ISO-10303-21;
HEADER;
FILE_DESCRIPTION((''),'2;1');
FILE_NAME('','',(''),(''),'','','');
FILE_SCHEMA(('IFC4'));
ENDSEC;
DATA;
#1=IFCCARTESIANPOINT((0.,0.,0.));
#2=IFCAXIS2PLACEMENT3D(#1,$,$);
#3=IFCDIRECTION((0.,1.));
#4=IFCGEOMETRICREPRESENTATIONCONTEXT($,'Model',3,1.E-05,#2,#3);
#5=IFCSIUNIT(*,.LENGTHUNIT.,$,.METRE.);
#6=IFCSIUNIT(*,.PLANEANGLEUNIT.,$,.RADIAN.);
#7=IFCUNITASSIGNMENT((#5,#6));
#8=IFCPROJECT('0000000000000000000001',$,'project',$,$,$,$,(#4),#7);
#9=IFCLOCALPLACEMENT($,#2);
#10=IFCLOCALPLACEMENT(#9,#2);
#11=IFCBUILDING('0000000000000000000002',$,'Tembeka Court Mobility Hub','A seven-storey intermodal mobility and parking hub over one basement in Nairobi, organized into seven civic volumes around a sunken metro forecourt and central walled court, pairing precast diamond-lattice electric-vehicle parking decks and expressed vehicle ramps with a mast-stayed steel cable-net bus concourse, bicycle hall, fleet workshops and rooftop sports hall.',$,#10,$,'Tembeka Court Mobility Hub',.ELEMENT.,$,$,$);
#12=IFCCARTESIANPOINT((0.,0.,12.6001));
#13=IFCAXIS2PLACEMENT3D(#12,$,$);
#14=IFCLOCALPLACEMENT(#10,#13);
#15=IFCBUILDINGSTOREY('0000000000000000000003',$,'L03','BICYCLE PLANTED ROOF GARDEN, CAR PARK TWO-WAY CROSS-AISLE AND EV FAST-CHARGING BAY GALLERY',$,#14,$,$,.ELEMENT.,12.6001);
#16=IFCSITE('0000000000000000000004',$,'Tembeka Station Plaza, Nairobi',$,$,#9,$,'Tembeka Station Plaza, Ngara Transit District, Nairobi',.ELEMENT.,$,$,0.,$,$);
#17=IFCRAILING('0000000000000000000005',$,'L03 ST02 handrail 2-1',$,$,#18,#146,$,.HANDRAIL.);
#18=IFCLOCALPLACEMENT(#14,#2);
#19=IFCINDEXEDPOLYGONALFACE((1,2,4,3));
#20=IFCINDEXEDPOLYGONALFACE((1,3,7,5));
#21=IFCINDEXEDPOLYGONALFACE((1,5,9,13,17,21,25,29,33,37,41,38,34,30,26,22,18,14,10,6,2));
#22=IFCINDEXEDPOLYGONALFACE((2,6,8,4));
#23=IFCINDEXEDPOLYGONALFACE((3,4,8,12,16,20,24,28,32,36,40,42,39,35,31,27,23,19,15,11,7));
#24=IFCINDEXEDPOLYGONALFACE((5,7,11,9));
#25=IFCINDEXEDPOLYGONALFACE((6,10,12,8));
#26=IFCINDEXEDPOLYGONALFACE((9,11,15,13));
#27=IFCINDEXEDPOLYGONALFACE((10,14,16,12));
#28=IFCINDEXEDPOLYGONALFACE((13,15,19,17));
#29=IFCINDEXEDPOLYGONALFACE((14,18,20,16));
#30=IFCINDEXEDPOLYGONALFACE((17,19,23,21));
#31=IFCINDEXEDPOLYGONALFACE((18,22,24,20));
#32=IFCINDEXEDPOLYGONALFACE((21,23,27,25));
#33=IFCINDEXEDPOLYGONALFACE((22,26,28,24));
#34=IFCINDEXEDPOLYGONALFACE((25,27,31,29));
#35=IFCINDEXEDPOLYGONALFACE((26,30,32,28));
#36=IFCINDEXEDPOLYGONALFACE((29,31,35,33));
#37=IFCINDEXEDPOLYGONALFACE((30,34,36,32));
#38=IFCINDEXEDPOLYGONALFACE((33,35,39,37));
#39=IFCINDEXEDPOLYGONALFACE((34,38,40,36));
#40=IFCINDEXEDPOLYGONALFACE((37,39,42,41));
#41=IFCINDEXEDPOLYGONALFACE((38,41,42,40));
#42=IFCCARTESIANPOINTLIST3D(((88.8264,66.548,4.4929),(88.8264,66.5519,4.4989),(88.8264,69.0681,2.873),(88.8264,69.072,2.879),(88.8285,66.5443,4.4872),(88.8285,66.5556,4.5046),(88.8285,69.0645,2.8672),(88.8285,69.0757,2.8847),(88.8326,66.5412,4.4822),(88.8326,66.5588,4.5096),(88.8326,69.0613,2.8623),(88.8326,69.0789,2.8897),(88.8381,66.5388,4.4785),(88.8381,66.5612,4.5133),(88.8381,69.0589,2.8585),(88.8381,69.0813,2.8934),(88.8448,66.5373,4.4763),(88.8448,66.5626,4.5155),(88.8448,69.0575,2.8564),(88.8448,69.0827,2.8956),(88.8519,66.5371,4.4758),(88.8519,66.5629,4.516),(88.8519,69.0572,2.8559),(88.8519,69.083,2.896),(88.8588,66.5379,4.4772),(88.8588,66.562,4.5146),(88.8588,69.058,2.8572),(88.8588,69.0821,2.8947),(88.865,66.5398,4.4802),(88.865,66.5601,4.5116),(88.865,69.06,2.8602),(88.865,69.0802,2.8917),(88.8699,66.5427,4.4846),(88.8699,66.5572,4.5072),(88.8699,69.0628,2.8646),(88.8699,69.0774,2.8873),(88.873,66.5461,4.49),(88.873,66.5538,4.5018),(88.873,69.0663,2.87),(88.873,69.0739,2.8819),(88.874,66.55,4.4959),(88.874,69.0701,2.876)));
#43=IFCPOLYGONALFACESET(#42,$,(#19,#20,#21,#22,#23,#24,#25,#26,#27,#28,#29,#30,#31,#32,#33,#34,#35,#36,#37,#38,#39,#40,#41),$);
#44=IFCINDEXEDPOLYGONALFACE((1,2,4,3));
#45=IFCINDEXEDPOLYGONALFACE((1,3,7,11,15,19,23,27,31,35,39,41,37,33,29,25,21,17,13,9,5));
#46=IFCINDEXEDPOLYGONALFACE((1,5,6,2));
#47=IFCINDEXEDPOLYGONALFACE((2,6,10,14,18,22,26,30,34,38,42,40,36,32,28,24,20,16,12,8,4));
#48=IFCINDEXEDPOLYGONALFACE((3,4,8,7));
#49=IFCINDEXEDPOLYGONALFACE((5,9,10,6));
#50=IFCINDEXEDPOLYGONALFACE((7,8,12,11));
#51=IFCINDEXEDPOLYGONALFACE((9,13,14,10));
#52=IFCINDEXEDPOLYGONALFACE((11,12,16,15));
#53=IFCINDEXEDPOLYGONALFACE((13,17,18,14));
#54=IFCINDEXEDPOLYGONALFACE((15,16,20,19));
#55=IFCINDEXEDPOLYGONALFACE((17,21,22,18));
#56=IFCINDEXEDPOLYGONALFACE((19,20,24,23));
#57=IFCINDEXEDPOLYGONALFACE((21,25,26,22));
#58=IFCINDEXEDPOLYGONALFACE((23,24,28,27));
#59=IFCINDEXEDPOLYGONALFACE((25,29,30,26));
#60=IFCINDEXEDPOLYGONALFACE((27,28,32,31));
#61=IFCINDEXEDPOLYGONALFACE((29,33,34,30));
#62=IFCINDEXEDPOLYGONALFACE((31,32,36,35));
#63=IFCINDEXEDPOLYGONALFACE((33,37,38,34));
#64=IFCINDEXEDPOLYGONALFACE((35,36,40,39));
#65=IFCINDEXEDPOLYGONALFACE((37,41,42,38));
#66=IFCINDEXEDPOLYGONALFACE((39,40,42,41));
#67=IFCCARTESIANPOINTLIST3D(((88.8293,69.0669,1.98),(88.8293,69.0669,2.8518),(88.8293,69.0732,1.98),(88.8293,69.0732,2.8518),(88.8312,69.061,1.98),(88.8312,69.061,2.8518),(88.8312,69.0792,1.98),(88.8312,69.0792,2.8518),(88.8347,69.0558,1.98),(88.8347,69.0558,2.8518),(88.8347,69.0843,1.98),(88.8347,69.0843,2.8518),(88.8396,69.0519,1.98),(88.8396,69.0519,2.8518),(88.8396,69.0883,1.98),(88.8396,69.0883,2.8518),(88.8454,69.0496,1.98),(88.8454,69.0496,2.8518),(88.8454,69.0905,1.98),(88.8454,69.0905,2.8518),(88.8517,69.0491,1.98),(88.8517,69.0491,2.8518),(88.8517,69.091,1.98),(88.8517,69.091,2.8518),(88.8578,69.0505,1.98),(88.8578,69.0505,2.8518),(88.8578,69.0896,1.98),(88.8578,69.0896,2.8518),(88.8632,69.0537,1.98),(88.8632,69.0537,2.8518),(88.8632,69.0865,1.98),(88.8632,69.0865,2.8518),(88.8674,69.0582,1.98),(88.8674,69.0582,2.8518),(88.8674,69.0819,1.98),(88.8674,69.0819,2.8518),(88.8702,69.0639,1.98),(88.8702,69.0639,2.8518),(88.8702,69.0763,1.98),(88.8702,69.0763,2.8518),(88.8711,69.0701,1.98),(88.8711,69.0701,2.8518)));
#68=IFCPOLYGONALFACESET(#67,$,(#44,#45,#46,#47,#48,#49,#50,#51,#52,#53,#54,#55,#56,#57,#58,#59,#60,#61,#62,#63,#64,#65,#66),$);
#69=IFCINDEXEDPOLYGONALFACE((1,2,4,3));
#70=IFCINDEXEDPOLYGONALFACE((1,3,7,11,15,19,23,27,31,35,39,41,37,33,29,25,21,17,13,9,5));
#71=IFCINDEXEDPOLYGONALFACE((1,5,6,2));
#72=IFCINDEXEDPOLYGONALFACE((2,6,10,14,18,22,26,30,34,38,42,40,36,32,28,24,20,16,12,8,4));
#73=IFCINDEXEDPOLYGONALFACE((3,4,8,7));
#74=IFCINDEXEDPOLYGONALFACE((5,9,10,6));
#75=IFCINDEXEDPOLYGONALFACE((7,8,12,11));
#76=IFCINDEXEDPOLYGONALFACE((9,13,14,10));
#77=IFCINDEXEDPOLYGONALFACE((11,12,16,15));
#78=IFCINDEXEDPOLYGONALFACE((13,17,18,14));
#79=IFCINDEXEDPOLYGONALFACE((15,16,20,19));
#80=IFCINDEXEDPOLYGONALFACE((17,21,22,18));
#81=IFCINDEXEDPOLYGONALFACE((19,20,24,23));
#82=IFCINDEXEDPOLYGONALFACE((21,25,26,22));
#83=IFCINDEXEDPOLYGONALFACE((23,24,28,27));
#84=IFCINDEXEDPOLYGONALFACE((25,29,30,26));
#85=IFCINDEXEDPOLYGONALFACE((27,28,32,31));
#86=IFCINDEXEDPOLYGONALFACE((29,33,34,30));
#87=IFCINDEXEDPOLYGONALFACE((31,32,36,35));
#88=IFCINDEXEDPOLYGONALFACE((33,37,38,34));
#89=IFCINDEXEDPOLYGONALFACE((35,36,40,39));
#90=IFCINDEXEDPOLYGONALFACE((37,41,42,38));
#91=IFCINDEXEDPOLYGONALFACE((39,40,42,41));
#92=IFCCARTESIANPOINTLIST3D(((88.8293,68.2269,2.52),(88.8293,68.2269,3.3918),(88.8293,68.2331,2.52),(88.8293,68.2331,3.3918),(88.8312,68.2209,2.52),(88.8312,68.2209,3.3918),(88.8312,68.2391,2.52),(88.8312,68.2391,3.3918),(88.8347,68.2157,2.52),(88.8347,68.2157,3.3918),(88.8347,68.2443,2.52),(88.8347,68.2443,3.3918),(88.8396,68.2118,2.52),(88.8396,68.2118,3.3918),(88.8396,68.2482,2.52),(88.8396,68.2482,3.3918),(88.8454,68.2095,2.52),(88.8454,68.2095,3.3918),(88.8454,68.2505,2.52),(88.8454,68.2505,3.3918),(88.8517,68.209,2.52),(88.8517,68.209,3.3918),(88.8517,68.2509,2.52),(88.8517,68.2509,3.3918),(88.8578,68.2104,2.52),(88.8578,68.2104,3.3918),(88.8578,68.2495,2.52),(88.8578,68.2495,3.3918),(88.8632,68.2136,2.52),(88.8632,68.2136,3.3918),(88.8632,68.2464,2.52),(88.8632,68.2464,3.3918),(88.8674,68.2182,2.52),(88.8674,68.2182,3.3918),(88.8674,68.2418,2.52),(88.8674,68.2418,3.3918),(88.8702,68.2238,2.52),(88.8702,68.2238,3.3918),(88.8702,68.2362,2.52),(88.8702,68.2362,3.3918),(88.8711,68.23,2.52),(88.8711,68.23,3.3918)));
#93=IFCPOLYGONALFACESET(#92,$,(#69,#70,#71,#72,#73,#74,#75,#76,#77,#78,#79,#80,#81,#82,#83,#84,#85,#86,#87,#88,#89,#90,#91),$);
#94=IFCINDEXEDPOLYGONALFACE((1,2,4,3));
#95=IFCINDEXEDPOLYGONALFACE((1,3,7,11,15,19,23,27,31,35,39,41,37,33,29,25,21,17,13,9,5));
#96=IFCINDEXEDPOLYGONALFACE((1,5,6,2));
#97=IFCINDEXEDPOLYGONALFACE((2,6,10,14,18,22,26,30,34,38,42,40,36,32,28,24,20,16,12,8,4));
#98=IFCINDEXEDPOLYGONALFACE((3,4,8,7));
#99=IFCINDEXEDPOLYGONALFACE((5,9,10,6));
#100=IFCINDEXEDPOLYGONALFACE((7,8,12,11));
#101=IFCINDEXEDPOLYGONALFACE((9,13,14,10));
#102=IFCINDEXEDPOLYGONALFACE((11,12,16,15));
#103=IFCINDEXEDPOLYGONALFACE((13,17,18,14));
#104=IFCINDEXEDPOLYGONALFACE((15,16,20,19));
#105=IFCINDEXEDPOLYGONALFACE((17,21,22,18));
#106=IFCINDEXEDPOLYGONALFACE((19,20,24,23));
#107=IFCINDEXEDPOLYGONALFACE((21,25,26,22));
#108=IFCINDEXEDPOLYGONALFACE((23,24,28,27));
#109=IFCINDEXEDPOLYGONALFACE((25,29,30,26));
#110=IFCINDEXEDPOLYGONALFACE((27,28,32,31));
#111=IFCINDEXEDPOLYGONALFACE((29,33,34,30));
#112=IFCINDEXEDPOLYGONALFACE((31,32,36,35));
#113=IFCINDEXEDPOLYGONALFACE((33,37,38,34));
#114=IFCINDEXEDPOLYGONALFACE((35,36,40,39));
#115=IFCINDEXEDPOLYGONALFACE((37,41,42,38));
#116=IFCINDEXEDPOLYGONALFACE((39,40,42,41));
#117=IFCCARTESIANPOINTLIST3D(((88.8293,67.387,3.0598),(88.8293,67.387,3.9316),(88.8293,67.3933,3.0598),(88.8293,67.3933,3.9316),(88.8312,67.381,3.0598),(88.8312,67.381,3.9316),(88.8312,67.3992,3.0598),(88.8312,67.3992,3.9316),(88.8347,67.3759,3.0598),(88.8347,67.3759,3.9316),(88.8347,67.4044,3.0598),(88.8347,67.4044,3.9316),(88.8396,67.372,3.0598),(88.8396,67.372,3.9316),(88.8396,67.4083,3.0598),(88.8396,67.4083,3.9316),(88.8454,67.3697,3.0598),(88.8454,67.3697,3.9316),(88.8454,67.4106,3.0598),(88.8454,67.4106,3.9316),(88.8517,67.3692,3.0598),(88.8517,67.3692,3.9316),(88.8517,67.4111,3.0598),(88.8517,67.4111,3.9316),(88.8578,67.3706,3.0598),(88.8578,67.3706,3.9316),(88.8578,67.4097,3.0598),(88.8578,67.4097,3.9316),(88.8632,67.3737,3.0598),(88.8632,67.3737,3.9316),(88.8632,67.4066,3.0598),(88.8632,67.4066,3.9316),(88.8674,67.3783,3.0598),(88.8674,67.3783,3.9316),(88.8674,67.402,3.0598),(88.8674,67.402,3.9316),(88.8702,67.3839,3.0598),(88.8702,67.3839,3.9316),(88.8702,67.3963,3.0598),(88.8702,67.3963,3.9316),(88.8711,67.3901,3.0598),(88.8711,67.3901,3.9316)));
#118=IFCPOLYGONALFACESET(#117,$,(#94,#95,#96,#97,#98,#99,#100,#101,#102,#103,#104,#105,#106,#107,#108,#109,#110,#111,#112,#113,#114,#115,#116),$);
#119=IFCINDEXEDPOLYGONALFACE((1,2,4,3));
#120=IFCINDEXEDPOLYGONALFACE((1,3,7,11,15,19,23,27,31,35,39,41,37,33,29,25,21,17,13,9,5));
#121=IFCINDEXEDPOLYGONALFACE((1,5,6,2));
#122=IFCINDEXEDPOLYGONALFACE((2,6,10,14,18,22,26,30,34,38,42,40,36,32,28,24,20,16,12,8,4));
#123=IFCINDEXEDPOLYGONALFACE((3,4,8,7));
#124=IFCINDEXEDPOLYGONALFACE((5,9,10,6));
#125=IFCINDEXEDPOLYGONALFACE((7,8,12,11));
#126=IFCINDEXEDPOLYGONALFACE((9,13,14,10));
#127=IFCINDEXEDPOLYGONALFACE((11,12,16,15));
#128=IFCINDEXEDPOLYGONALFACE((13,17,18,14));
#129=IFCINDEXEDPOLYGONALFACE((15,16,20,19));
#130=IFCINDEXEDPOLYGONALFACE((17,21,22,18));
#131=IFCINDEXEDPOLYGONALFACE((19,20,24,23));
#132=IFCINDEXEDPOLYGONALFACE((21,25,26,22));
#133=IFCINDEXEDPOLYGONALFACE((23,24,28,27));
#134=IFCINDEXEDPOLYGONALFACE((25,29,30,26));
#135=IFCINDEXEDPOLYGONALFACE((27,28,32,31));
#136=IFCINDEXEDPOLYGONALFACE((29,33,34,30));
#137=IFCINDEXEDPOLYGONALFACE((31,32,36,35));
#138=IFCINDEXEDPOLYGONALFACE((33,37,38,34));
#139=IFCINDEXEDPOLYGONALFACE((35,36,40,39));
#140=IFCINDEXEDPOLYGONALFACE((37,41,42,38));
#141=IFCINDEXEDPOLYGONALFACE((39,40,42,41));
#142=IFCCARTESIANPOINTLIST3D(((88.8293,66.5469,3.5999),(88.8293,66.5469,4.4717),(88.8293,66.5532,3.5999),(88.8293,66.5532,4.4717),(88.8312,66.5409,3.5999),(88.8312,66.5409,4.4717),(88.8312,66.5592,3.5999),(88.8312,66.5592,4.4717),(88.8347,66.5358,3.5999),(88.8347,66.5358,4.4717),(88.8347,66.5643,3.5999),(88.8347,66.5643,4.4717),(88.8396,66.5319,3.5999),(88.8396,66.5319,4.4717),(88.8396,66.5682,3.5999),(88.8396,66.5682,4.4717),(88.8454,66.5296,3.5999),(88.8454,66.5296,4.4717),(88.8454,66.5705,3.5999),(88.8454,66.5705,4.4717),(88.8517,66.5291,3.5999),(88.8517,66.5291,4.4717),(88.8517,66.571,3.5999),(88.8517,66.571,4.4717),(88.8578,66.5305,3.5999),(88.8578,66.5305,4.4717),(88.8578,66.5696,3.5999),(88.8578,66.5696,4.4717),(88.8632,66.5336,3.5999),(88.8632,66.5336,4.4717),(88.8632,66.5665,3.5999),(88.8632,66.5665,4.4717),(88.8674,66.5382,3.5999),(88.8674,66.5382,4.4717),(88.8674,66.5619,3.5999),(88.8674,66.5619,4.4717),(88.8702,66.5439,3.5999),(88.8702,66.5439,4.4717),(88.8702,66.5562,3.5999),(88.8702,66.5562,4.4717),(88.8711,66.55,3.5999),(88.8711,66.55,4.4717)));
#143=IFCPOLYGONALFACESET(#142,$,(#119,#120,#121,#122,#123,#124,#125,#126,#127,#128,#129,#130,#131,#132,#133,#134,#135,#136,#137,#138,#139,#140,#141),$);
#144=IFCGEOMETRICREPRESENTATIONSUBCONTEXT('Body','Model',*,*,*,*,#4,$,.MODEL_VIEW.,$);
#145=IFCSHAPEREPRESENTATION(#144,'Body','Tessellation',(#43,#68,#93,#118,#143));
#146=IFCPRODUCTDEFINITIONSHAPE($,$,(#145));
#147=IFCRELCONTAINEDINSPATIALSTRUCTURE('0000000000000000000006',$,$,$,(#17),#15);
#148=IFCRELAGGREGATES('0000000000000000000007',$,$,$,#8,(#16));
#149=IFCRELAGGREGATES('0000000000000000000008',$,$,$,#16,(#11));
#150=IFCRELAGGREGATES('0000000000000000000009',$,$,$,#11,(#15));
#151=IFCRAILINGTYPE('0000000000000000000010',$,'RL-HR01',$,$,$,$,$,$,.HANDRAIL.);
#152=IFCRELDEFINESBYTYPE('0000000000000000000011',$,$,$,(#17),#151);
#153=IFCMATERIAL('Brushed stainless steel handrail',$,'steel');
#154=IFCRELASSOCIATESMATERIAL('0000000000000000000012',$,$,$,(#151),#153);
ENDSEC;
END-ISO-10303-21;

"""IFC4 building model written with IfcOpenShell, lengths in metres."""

from ifc_helpers import new_model, si_unit, direction, frame, origin, origin_2d, place, context, subcontext, project, spatial, circle, extrude, material, type_object, element, save


model = new_model("IFC4")

# Units and contexts
model_context = context("Model", 3, precision=1e-05, world=origin(), true_north=direction((0.0, 1.0)))
body_context = subcontext(model_context, "Body", "Model", "MODEL_VIEW")
ifc_project = project(units=[si_unit("LENGTHUNIT", "METRE"), si_unit("PLANEANGLEUNIT", "RADIAN")], contexts=[model_context])

# Site, building, storey
site_placement = place(None, origin())
site = spatial("IfcSite", under=ifc_project, at=site_placement, Name="Tembeka Station Plaza, Nairobi", LongName="Tembeka Station Plaza, Ngara Transit District, Nairobi", CompositionType="ELEMENT", RefElevation=0.0)
building_placement = place(site_placement, origin())
building = spatial("IfcBuilding", under=site, at=building_placement, Name="Tembeka Court Mobility Hub", Description="A seven-storey intermodal mobility and parking hub over one basement in Nairobi, organized into seven civic volumes around a sunken metro forecourt and central walled court, pairing precast diamond-lattice electric-vehicle parking decks and expressed vehicle ramps with a mast-stayed steel cable-net bus concourse, bicycle hall, fleet workshops and rooftop sports hall.", LongName="Tembeka Court Mobility Hub", CompositionType="ELEMENT")
storey_placement = place(building_placement, frame((0.0, 0.0, 12.6001)))
storey = spatial("IfcBuildingStorey", under=building, at=storey_placement, Name="L03", Description="BICYCLE PLANTED ROOF GARDEN, CAR PARK TWO-WAY CROSS-AISLE AND EV FAST-CHARGING BAY GALLERY", CompositionType="ELEMENT", Elevation=12.6001)

# Railing
ifc_material_1 = material(Name="Brushed stainless steel handrail", Category="steel")
railing_type_1 = type_object("IfcRailingType", Name="RL-HR01", PredefinedType="HANDRAIL", material=ifc_material_1)
railing_1_placement = place(storey_placement, frame((88.8501, 69.0701, 1.98)))
element("IfcRailing", 1, at=railing_1_placement, inside=storey, type_object=railing_type_1, Name="L03 ST02 handrail 2-1", PredefinedType="HANDRAIL", context=body_context, shape_type="SweptSolid", body=[
    extrude(circle(Radius=0.0239, at=origin_2d()), frame((0.0, 0.0, 0.896), z_axis=(0.0, -0.8412, 0.540725), x_axis=(1.0, 0.0, 0.0)), (0.0, 0.0, 1.0), 2.9958),
    extrude(circle(Radius=0.021, at=origin_2d()), origin(), (0.0, 0.0, 1.0), 0.8718),
    extrude(circle(Radius=0.021, at=origin_2d()), frame((0.0, -0.8401, 0.54)), (0.0, 0.0, 1.0), 0.8718),
    extrude(circle(Radius=0.021, at=origin_2d()), frame((0.0, -1.6799, 1.0798)), (0.0, 0.0, 1.0), 0.8718),
    extrude(circle(Radius=0.021, at=origin_2d()), frame((0.0, -2.52, 1.6199)), (0.0, 0.0, 1.0), 0.8718),
])

save(model, "model.ifc")
